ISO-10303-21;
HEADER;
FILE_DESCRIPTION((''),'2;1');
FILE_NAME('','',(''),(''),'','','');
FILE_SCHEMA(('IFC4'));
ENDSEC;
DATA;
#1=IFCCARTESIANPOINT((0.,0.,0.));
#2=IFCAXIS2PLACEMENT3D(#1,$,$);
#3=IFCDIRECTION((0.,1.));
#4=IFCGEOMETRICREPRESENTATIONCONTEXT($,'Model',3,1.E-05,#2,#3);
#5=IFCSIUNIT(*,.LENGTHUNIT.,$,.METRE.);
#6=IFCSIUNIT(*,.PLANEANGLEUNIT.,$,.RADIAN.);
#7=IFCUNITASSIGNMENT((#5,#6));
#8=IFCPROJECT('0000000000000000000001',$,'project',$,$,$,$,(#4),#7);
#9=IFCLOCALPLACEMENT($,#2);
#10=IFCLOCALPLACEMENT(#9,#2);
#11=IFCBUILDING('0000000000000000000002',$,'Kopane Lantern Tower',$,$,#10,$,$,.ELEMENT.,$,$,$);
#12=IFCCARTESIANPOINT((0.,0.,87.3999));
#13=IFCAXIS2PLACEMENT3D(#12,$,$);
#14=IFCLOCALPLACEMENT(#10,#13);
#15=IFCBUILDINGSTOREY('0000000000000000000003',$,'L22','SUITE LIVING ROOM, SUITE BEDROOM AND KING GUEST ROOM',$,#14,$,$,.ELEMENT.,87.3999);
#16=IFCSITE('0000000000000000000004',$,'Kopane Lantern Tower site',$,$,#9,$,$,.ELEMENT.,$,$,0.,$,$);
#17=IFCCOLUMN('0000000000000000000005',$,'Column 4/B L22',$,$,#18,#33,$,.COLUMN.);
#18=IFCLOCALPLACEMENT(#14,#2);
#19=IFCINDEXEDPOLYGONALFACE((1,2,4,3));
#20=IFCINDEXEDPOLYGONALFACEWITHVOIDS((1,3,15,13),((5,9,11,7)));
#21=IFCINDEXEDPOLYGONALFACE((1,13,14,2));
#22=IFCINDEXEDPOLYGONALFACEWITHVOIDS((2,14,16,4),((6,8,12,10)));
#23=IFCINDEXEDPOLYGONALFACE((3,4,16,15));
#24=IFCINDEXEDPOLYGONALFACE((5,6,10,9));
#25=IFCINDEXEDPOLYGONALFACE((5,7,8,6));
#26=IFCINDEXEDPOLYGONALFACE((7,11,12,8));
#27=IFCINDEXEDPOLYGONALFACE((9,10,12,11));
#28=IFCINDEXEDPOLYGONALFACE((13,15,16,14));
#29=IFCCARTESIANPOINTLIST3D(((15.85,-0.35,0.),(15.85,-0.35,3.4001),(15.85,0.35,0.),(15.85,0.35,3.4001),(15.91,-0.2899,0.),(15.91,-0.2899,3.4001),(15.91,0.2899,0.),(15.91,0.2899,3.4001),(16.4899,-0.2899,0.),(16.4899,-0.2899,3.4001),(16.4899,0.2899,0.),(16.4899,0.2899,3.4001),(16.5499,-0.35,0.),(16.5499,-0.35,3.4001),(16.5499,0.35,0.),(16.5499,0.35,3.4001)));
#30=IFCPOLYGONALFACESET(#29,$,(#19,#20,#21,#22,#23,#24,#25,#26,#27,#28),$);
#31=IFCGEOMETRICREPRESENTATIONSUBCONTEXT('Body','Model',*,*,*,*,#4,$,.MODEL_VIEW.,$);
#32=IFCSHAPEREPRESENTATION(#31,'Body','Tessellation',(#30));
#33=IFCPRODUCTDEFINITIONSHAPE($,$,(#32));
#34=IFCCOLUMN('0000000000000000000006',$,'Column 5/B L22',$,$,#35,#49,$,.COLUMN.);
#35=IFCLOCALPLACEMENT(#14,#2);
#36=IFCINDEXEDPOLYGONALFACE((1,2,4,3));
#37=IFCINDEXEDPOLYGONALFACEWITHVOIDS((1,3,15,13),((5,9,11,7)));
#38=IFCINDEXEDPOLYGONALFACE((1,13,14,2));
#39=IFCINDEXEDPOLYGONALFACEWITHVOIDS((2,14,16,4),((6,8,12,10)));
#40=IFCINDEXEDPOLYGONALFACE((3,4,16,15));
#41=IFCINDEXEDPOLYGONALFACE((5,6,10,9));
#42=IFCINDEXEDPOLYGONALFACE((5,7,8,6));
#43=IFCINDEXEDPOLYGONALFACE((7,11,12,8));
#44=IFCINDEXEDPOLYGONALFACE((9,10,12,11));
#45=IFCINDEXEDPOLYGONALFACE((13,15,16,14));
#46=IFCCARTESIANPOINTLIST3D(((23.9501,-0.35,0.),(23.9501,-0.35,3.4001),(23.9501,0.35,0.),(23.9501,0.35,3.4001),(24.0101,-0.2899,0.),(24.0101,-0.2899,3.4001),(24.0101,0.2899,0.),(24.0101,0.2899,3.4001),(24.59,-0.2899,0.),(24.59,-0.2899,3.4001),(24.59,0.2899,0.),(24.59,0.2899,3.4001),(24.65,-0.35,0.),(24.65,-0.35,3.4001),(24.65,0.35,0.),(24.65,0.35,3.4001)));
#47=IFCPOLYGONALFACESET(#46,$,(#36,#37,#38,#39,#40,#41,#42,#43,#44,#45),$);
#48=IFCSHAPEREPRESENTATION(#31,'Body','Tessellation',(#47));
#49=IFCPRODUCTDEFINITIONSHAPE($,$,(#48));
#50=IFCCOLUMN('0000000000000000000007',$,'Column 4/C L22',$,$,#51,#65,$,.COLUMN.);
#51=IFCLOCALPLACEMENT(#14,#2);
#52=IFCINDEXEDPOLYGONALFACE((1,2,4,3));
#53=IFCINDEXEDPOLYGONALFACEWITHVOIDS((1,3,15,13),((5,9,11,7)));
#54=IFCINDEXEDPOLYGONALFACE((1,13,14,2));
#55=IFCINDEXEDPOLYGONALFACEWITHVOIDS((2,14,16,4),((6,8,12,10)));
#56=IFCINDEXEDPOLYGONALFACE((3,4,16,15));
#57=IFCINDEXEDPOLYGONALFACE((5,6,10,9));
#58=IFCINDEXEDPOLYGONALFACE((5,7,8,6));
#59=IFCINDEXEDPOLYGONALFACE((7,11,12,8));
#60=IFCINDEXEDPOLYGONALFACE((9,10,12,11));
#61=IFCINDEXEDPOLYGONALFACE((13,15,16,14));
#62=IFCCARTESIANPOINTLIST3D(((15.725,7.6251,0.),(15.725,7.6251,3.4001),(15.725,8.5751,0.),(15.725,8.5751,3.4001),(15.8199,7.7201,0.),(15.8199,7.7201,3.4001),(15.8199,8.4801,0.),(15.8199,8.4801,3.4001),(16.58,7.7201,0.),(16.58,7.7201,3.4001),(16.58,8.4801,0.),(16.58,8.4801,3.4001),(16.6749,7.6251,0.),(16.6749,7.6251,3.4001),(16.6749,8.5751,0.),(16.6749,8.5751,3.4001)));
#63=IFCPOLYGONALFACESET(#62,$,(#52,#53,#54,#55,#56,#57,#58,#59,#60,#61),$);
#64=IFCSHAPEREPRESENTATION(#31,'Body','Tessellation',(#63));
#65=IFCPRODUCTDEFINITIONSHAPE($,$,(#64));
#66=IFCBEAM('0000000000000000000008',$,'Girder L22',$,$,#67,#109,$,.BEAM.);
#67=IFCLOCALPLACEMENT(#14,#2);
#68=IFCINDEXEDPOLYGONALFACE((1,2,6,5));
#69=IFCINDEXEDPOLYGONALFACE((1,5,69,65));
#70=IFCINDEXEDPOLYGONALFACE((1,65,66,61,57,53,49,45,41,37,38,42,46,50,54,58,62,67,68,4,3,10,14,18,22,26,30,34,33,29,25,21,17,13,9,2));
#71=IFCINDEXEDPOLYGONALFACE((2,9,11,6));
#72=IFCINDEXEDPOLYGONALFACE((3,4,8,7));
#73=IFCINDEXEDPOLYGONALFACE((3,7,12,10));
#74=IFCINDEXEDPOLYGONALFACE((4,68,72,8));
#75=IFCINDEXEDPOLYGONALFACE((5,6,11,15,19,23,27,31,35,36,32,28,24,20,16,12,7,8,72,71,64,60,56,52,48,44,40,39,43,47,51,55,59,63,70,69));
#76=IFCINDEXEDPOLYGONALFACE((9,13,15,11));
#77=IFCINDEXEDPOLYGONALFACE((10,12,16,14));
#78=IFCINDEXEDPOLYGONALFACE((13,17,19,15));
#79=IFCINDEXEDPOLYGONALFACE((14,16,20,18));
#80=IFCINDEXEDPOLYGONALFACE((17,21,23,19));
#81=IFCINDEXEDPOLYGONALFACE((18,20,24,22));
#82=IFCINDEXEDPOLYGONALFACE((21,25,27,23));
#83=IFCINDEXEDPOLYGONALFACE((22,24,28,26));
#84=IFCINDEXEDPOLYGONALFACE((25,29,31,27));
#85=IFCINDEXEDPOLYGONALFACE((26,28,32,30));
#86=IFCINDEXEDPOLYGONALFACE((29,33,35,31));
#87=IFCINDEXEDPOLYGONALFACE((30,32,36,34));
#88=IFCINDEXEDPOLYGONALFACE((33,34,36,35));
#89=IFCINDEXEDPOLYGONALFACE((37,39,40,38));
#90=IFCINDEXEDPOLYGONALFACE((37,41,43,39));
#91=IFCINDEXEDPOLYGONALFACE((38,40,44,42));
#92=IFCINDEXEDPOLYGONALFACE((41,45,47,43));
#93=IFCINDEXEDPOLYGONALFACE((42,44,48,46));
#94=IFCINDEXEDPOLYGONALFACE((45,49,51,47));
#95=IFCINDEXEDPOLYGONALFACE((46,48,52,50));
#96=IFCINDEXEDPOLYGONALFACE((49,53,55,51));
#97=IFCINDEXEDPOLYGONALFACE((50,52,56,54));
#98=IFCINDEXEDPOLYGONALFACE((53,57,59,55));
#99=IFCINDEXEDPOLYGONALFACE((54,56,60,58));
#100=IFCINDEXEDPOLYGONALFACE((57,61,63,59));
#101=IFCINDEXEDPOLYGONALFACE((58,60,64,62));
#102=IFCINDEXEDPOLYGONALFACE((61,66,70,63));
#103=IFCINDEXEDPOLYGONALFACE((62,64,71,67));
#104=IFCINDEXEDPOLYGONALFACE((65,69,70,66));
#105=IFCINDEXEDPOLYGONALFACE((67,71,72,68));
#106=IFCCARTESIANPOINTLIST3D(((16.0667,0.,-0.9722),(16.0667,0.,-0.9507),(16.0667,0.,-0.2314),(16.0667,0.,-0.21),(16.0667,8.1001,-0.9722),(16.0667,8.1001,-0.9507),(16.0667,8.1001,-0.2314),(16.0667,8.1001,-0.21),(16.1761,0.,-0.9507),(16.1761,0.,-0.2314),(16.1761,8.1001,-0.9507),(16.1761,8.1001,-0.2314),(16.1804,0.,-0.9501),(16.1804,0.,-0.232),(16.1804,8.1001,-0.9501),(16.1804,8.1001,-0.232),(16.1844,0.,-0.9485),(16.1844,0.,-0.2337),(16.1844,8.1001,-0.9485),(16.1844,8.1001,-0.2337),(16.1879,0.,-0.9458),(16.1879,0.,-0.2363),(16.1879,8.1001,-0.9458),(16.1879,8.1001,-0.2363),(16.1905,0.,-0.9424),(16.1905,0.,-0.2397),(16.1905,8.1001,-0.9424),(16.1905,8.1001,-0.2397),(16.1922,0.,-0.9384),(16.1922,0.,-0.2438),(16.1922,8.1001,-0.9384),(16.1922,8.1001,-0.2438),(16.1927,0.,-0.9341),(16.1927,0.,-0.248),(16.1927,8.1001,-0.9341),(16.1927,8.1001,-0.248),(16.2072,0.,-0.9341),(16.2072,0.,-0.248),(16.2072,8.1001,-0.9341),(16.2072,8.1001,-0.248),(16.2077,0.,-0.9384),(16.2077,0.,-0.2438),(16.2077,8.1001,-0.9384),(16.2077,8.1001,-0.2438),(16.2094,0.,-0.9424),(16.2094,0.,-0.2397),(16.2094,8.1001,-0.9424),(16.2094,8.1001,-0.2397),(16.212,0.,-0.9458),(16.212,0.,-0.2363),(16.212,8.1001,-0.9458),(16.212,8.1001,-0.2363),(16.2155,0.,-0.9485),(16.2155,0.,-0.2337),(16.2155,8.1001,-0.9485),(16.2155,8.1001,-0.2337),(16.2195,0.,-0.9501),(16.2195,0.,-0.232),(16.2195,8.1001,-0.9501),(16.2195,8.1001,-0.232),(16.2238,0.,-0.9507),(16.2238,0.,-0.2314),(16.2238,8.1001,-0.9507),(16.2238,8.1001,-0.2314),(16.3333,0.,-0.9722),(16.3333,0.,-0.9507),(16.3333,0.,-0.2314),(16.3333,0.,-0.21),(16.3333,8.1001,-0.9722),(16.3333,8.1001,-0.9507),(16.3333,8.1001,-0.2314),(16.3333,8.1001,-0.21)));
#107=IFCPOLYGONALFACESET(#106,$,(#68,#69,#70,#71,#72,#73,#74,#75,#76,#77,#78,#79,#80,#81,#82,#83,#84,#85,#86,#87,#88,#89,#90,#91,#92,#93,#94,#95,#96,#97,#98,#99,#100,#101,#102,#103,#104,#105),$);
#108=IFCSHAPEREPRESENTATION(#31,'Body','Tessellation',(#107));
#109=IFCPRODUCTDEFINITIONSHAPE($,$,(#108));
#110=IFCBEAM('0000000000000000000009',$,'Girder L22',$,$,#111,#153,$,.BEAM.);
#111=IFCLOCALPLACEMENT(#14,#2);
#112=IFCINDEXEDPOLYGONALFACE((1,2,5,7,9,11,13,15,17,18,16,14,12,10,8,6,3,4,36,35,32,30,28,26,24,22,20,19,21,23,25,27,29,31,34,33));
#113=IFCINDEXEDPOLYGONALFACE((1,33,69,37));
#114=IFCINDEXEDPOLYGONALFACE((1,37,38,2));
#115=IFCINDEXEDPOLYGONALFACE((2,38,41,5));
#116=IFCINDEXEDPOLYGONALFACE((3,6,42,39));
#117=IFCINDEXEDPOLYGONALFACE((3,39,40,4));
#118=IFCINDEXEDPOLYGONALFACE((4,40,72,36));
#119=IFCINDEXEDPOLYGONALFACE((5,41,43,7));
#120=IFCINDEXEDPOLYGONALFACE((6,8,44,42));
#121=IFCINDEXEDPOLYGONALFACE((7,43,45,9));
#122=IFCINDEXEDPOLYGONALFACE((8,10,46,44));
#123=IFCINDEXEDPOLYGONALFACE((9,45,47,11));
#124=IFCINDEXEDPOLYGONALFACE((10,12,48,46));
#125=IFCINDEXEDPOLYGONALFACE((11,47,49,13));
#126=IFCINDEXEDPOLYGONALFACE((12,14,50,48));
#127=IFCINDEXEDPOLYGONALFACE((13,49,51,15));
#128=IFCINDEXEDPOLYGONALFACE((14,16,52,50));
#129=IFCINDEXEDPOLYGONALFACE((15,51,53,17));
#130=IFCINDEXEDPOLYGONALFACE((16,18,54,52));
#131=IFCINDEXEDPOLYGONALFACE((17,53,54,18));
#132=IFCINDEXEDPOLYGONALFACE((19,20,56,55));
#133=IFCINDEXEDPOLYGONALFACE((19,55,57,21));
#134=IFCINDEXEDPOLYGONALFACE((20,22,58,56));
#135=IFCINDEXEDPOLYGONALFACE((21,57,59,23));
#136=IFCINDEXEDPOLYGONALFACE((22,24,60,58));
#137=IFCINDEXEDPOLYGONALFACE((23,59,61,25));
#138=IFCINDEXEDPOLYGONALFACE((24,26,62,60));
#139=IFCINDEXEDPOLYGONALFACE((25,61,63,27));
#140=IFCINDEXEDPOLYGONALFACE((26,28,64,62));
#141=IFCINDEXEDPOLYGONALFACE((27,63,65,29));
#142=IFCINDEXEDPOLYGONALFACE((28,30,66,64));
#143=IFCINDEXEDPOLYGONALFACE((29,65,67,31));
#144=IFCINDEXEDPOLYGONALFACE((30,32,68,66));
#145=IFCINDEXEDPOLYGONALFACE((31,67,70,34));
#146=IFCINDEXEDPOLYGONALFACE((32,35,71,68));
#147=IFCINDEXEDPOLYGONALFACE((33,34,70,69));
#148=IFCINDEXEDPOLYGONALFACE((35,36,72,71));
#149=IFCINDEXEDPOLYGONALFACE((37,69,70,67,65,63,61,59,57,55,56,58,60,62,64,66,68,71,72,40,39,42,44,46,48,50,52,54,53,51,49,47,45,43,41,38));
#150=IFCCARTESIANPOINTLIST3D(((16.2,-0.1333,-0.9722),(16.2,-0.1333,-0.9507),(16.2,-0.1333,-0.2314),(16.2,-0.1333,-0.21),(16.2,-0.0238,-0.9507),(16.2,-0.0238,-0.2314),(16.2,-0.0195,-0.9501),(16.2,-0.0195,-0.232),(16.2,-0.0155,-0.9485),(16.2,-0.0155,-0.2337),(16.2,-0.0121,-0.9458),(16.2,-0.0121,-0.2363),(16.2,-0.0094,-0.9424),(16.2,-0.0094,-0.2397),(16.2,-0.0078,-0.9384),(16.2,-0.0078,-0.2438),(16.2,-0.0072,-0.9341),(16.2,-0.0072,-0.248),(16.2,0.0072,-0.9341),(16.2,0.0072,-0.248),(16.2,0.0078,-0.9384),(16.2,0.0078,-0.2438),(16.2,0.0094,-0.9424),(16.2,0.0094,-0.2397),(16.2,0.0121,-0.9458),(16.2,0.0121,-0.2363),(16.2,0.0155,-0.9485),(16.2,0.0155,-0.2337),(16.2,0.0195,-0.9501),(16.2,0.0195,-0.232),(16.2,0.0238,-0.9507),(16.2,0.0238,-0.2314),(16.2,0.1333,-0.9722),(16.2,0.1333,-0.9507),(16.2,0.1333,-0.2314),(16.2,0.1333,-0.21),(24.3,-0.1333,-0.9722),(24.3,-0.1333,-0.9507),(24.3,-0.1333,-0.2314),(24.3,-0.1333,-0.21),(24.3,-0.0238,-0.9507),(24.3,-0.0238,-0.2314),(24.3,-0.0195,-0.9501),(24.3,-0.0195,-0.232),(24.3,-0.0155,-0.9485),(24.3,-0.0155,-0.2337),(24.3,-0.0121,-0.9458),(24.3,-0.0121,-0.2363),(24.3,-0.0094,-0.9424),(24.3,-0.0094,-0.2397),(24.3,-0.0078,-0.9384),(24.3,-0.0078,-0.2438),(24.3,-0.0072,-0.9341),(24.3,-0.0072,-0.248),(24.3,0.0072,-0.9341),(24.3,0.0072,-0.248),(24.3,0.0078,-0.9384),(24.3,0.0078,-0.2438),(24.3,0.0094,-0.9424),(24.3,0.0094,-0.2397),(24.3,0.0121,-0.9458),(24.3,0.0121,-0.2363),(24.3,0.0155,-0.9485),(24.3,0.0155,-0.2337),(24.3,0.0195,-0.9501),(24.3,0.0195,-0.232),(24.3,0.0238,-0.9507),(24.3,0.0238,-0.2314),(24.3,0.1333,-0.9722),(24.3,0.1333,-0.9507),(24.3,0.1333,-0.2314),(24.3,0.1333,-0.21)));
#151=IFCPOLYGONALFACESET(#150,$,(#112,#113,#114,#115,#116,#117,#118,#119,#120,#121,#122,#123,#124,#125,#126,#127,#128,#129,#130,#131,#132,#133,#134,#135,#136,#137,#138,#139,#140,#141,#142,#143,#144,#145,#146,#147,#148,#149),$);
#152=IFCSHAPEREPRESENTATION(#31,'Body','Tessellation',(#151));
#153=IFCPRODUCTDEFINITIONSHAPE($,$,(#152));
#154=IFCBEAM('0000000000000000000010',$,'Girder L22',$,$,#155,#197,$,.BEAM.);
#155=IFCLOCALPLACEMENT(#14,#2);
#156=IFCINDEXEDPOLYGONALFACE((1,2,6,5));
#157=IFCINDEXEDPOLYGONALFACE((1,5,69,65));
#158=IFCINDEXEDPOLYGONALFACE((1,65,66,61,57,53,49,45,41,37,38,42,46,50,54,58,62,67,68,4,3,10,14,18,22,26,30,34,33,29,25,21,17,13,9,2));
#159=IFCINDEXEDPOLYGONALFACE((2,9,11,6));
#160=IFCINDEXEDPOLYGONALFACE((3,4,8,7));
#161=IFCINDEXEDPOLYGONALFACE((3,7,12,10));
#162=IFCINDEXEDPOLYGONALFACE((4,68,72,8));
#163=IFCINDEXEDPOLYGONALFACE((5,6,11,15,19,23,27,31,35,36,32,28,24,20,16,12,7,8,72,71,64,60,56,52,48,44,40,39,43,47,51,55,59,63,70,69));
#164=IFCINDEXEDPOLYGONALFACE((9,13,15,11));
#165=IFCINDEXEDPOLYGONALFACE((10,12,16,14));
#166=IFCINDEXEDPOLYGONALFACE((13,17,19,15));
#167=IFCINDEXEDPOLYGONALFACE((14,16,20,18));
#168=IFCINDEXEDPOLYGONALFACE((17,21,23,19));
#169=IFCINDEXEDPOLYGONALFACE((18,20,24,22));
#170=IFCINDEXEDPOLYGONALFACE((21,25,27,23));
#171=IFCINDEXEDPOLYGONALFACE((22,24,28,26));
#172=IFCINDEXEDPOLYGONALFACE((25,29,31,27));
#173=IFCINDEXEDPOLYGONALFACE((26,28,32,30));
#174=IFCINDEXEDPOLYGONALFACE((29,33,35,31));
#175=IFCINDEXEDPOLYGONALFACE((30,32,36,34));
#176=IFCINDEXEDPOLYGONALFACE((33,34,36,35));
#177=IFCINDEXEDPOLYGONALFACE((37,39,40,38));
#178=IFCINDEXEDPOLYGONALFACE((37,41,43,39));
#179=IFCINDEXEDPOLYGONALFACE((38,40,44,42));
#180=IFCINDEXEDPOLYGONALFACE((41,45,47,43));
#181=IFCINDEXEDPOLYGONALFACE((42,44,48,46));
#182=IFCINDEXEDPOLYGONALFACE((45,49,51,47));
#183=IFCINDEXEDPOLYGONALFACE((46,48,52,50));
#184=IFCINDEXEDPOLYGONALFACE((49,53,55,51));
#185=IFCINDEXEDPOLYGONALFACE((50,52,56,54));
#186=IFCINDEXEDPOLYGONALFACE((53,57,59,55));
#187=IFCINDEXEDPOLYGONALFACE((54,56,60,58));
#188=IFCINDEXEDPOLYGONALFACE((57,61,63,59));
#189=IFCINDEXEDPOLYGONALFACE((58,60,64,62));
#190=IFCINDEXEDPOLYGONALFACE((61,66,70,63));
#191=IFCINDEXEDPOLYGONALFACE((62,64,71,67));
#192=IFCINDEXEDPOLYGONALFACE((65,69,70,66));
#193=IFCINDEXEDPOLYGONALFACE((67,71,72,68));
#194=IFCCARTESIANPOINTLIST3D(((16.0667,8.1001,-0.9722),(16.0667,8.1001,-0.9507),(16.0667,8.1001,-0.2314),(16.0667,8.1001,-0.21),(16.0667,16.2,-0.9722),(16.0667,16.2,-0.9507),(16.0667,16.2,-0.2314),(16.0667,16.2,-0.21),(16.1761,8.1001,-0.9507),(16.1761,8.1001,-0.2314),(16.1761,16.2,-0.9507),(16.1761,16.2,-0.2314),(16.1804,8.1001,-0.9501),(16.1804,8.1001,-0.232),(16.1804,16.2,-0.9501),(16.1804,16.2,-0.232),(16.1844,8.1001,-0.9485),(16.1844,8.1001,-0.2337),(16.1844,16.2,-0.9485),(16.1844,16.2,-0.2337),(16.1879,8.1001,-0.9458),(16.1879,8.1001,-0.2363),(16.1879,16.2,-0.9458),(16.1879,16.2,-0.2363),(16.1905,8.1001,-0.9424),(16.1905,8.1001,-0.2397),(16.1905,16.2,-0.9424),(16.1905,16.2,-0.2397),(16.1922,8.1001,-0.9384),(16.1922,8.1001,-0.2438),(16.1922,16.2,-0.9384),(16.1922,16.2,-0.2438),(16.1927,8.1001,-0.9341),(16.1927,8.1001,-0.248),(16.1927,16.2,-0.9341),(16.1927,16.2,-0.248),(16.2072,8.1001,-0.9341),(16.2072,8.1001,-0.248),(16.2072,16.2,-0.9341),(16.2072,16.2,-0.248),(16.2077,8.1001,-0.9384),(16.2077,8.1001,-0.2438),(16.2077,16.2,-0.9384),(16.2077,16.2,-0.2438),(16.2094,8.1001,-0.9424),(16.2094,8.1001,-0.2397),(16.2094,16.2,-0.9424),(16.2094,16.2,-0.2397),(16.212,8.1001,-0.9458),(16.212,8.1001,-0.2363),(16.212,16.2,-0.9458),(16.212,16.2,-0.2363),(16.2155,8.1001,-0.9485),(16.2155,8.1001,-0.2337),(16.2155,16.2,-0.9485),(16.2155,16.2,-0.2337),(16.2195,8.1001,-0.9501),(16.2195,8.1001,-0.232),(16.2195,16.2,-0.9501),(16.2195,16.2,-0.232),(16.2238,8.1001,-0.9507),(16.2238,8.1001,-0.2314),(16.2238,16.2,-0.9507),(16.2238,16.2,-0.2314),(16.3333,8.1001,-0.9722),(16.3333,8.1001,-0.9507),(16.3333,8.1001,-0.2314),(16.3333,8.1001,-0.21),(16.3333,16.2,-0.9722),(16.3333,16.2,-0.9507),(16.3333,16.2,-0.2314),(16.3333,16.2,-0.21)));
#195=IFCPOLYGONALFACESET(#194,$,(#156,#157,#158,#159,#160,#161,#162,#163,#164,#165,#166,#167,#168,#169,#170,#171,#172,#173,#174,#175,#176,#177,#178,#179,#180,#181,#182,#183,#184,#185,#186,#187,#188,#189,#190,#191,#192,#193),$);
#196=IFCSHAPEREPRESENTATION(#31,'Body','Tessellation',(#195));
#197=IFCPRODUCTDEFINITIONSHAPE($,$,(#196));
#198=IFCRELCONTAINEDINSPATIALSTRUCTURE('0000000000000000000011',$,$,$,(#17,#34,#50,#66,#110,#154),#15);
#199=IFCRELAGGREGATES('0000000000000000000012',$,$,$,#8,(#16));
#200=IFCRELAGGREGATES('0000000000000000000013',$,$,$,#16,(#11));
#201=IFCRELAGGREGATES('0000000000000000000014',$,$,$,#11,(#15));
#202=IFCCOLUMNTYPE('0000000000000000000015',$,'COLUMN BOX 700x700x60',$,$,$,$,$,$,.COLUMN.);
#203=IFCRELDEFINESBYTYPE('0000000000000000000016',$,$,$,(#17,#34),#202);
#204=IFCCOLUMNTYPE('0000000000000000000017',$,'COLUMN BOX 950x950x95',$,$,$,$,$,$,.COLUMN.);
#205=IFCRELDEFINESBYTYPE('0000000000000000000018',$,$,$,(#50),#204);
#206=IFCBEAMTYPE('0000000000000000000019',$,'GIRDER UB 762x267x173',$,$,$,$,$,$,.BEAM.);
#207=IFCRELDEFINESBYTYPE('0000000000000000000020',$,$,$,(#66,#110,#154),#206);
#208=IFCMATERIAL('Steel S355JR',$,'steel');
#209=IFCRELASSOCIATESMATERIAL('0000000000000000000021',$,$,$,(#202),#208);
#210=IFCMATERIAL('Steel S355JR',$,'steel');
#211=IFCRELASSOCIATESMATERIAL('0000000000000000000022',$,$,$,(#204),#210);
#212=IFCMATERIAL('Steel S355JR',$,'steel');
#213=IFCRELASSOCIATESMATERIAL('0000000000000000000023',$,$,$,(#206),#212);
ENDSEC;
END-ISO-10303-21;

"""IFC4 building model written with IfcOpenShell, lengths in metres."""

from ifc_helpers import new_model, si_unit, direction, frame, origin, origin_2d, place, context, subcontext, project, spatial, hollow_rectangle, i_section, extrude, material, material_profile, profile_set, type_object, element, save


model = new_model("IFC4")

# Units and contexts
model_context = context("Model", 3, precision=1e-05, world=origin(), true_north=direction((0.0, 1.0)))
body_context = subcontext(model_context, "Body", "Model", "MODEL_VIEW")
ifc_project = project(units=[si_unit("LENGTHUNIT", "METRE"), si_unit("PLANEANGLEUNIT", "RADIAN")], contexts=[model_context])

# Site, building, storey
site_placement = place(None, origin())
site = spatial("IfcSite", under=ifc_project, at=site_placement, Name="Kopane Lantern Tower site", CompositionType="ELEMENT", RefElevation=0.0)
building_placement = place(site_placement, origin())
building = spatial("IfcBuilding", under=site, at=building_placement, Name="Kopane Lantern Tower", CompositionType="ELEMENT")
storey_placement = place(building_placement, frame((0.0, 0.0, 87.3999)))
storey = spatial("IfcBuildingStorey", under=building, at=storey_placement, Name="L22", Description="SUITE LIVING ROOM, SUITE BEDROOM AND KING GUEST ROOM", CompositionType="ELEMENT", Elevation=87.3999)

# Columns
ifc_material_1 = material(Name="Steel S355JR", Category="steel")
ifc_material_profile_1 = material_profile(ifc_material_1, hollow_rectangle(XDim=0.7, YDim=0.7, WallThickness=0.0601, at=origin_2d()), Name="BOX 700x700x60")
ifc_profile_set_1 = profile_set([ifc_material_profile_1], Name="Steel S355JR")
column_type_1 = type_object("IfcColumnType", Name="COLUMN BOX 700x700x60", PredefinedType="COLUMN", material=ifc_profile_set_1)
for number, where, z_axis, x_axis, name in (
    (1, (16.2, 0.0, 0.0), (0.0, 0.0, 1.0), (1.0, 0.0, 0.0), "Column 4/B L22"),
    (2, (24.3, 0.0, 0.0), (0.0, 0.0, 1.0), (1.0, 0.0, 0.0), "Column 5/B L22"),
):
    element("IfcColumn", number, at=place(storey_placement, frame(where, z_axis=z_axis, x_axis=x_axis)), inside=storey, type_object=column_type_1, Name=name, PredefinedType="COLUMN", context=body_context, shape_type="SweptSolid", body=[
        extrude(hollow_rectangle(XDim=0.7, YDim=0.7, WallThickness=0.0601, at=origin_2d()), origin(), (0.0, 0.0, 1.0), 3.4001),
    ])
ifc_material_2 = material(Name="Steel S355JR", Category="steel")
ifc_material_profile_2 = material_profile(ifc_material_2, hollow_rectangle(XDim=0.95, YDim=0.95, WallThickness=0.095, at=origin_2d()), Name="BOX 950x950x95")
ifc_profile_set_2 = profile_set([ifc_material_profile_2], Name="Steel S355JR")
column_type_2 = type_object("IfcColumnType", Name="COLUMN BOX 950x950x95", PredefinedType="COLUMN", material=ifc_profile_set_2)
column_placement = place(storey_placement, frame((16.2, 8.1001, 0.0), z_axis=(0.0, 0.0, 1.0), x_axis=(1.0, 0.0, 0.0)))
element("IfcColumn", 3, at=column_placement, inside=storey, type_object=column_type_2, Name="Column 4/C L22", PredefinedType="COLUMN", context=body_context, shape_type="SweptSolid", body=[
    extrude(hollow_rectangle(XDim=0.95, YDim=0.95, WallThickness=0.095, at=origin_2d()), origin(), (0.0, 0.0, 1.0), 3.4001),
])

# Beams
ifc_material_3 = material(Name="Steel S355JR", Category="steel")
ifc_material_profile_3 = material_profile(ifc_material_3, i_section(OverallWidth=0.2666, OverallDepth=0.7622, WebThickness=0.0144, FlangeThickness=0.0215, FilletRadius=0.0166, at=origin_2d()), Name="UB 762x267x173")
ifc_profile_set_3 = profile_set([ifc_material_profile_3], Name="Steel S355JR")
beam_type = type_object("IfcBeamType", Name="GIRDER UB 762x267x173", PredefinedType="BEAM", material=ifc_profile_set_3)
for number, where, z_axis, x_axis, name in (
    (4, (16.2, 0.0, -0.5911), (0.0, 1.0, 0.0), (-1.0, 0.0, 0.0), "Girder L22"),
    (5, (16.2, 0.0, -0.5911), (1.0, 0.0, 0.0), (0.0, 1.0, 0.0), "Girder L22"),
):
    element("IfcBeam", number, at=place(storey_placement, frame(where, z_axis=z_axis, x_axis=x_axis)), inside=storey, type_object=beam_type, Name=name, PredefinedType="BEAM", context=body_context, shape_type="SweptSolid", body=[
        extrude(i_section(OverallWidth=0.2666, OverallDepth=0.7622, WebThickness=0.0144, FlangeThickness=0.0215, FilletRadius=0.0166, at=origin_2d()), origin(), (0.0, 0.0, 1.0), 8.1001),
    ])
beam_1_placement = place(storey_placement, frame((16.2, 8.1001, -0.5911), z_axis=(0.0, 1.0, 0.0), x_axis=(-1.0, 0.0, 0.0)))
element("IfcBeam", 6, at=beam_1_placement, inside=storey, type_object=beam_type, Name="Girder L22", PredefinedType="BEAM", context=body_context, shape_type="SweptSolid", body=[
    extrude(i_section(OverallWidth=0.2666, OverallDepth=0.7622, WebThickness=0.0144, FlangeThickness=0.0215, FilletRadius=0.0166, at=origin_2d()), origin(), (0.0, 0.0, 1.0), 8.0999),
])

save(model, "model.ifc")
